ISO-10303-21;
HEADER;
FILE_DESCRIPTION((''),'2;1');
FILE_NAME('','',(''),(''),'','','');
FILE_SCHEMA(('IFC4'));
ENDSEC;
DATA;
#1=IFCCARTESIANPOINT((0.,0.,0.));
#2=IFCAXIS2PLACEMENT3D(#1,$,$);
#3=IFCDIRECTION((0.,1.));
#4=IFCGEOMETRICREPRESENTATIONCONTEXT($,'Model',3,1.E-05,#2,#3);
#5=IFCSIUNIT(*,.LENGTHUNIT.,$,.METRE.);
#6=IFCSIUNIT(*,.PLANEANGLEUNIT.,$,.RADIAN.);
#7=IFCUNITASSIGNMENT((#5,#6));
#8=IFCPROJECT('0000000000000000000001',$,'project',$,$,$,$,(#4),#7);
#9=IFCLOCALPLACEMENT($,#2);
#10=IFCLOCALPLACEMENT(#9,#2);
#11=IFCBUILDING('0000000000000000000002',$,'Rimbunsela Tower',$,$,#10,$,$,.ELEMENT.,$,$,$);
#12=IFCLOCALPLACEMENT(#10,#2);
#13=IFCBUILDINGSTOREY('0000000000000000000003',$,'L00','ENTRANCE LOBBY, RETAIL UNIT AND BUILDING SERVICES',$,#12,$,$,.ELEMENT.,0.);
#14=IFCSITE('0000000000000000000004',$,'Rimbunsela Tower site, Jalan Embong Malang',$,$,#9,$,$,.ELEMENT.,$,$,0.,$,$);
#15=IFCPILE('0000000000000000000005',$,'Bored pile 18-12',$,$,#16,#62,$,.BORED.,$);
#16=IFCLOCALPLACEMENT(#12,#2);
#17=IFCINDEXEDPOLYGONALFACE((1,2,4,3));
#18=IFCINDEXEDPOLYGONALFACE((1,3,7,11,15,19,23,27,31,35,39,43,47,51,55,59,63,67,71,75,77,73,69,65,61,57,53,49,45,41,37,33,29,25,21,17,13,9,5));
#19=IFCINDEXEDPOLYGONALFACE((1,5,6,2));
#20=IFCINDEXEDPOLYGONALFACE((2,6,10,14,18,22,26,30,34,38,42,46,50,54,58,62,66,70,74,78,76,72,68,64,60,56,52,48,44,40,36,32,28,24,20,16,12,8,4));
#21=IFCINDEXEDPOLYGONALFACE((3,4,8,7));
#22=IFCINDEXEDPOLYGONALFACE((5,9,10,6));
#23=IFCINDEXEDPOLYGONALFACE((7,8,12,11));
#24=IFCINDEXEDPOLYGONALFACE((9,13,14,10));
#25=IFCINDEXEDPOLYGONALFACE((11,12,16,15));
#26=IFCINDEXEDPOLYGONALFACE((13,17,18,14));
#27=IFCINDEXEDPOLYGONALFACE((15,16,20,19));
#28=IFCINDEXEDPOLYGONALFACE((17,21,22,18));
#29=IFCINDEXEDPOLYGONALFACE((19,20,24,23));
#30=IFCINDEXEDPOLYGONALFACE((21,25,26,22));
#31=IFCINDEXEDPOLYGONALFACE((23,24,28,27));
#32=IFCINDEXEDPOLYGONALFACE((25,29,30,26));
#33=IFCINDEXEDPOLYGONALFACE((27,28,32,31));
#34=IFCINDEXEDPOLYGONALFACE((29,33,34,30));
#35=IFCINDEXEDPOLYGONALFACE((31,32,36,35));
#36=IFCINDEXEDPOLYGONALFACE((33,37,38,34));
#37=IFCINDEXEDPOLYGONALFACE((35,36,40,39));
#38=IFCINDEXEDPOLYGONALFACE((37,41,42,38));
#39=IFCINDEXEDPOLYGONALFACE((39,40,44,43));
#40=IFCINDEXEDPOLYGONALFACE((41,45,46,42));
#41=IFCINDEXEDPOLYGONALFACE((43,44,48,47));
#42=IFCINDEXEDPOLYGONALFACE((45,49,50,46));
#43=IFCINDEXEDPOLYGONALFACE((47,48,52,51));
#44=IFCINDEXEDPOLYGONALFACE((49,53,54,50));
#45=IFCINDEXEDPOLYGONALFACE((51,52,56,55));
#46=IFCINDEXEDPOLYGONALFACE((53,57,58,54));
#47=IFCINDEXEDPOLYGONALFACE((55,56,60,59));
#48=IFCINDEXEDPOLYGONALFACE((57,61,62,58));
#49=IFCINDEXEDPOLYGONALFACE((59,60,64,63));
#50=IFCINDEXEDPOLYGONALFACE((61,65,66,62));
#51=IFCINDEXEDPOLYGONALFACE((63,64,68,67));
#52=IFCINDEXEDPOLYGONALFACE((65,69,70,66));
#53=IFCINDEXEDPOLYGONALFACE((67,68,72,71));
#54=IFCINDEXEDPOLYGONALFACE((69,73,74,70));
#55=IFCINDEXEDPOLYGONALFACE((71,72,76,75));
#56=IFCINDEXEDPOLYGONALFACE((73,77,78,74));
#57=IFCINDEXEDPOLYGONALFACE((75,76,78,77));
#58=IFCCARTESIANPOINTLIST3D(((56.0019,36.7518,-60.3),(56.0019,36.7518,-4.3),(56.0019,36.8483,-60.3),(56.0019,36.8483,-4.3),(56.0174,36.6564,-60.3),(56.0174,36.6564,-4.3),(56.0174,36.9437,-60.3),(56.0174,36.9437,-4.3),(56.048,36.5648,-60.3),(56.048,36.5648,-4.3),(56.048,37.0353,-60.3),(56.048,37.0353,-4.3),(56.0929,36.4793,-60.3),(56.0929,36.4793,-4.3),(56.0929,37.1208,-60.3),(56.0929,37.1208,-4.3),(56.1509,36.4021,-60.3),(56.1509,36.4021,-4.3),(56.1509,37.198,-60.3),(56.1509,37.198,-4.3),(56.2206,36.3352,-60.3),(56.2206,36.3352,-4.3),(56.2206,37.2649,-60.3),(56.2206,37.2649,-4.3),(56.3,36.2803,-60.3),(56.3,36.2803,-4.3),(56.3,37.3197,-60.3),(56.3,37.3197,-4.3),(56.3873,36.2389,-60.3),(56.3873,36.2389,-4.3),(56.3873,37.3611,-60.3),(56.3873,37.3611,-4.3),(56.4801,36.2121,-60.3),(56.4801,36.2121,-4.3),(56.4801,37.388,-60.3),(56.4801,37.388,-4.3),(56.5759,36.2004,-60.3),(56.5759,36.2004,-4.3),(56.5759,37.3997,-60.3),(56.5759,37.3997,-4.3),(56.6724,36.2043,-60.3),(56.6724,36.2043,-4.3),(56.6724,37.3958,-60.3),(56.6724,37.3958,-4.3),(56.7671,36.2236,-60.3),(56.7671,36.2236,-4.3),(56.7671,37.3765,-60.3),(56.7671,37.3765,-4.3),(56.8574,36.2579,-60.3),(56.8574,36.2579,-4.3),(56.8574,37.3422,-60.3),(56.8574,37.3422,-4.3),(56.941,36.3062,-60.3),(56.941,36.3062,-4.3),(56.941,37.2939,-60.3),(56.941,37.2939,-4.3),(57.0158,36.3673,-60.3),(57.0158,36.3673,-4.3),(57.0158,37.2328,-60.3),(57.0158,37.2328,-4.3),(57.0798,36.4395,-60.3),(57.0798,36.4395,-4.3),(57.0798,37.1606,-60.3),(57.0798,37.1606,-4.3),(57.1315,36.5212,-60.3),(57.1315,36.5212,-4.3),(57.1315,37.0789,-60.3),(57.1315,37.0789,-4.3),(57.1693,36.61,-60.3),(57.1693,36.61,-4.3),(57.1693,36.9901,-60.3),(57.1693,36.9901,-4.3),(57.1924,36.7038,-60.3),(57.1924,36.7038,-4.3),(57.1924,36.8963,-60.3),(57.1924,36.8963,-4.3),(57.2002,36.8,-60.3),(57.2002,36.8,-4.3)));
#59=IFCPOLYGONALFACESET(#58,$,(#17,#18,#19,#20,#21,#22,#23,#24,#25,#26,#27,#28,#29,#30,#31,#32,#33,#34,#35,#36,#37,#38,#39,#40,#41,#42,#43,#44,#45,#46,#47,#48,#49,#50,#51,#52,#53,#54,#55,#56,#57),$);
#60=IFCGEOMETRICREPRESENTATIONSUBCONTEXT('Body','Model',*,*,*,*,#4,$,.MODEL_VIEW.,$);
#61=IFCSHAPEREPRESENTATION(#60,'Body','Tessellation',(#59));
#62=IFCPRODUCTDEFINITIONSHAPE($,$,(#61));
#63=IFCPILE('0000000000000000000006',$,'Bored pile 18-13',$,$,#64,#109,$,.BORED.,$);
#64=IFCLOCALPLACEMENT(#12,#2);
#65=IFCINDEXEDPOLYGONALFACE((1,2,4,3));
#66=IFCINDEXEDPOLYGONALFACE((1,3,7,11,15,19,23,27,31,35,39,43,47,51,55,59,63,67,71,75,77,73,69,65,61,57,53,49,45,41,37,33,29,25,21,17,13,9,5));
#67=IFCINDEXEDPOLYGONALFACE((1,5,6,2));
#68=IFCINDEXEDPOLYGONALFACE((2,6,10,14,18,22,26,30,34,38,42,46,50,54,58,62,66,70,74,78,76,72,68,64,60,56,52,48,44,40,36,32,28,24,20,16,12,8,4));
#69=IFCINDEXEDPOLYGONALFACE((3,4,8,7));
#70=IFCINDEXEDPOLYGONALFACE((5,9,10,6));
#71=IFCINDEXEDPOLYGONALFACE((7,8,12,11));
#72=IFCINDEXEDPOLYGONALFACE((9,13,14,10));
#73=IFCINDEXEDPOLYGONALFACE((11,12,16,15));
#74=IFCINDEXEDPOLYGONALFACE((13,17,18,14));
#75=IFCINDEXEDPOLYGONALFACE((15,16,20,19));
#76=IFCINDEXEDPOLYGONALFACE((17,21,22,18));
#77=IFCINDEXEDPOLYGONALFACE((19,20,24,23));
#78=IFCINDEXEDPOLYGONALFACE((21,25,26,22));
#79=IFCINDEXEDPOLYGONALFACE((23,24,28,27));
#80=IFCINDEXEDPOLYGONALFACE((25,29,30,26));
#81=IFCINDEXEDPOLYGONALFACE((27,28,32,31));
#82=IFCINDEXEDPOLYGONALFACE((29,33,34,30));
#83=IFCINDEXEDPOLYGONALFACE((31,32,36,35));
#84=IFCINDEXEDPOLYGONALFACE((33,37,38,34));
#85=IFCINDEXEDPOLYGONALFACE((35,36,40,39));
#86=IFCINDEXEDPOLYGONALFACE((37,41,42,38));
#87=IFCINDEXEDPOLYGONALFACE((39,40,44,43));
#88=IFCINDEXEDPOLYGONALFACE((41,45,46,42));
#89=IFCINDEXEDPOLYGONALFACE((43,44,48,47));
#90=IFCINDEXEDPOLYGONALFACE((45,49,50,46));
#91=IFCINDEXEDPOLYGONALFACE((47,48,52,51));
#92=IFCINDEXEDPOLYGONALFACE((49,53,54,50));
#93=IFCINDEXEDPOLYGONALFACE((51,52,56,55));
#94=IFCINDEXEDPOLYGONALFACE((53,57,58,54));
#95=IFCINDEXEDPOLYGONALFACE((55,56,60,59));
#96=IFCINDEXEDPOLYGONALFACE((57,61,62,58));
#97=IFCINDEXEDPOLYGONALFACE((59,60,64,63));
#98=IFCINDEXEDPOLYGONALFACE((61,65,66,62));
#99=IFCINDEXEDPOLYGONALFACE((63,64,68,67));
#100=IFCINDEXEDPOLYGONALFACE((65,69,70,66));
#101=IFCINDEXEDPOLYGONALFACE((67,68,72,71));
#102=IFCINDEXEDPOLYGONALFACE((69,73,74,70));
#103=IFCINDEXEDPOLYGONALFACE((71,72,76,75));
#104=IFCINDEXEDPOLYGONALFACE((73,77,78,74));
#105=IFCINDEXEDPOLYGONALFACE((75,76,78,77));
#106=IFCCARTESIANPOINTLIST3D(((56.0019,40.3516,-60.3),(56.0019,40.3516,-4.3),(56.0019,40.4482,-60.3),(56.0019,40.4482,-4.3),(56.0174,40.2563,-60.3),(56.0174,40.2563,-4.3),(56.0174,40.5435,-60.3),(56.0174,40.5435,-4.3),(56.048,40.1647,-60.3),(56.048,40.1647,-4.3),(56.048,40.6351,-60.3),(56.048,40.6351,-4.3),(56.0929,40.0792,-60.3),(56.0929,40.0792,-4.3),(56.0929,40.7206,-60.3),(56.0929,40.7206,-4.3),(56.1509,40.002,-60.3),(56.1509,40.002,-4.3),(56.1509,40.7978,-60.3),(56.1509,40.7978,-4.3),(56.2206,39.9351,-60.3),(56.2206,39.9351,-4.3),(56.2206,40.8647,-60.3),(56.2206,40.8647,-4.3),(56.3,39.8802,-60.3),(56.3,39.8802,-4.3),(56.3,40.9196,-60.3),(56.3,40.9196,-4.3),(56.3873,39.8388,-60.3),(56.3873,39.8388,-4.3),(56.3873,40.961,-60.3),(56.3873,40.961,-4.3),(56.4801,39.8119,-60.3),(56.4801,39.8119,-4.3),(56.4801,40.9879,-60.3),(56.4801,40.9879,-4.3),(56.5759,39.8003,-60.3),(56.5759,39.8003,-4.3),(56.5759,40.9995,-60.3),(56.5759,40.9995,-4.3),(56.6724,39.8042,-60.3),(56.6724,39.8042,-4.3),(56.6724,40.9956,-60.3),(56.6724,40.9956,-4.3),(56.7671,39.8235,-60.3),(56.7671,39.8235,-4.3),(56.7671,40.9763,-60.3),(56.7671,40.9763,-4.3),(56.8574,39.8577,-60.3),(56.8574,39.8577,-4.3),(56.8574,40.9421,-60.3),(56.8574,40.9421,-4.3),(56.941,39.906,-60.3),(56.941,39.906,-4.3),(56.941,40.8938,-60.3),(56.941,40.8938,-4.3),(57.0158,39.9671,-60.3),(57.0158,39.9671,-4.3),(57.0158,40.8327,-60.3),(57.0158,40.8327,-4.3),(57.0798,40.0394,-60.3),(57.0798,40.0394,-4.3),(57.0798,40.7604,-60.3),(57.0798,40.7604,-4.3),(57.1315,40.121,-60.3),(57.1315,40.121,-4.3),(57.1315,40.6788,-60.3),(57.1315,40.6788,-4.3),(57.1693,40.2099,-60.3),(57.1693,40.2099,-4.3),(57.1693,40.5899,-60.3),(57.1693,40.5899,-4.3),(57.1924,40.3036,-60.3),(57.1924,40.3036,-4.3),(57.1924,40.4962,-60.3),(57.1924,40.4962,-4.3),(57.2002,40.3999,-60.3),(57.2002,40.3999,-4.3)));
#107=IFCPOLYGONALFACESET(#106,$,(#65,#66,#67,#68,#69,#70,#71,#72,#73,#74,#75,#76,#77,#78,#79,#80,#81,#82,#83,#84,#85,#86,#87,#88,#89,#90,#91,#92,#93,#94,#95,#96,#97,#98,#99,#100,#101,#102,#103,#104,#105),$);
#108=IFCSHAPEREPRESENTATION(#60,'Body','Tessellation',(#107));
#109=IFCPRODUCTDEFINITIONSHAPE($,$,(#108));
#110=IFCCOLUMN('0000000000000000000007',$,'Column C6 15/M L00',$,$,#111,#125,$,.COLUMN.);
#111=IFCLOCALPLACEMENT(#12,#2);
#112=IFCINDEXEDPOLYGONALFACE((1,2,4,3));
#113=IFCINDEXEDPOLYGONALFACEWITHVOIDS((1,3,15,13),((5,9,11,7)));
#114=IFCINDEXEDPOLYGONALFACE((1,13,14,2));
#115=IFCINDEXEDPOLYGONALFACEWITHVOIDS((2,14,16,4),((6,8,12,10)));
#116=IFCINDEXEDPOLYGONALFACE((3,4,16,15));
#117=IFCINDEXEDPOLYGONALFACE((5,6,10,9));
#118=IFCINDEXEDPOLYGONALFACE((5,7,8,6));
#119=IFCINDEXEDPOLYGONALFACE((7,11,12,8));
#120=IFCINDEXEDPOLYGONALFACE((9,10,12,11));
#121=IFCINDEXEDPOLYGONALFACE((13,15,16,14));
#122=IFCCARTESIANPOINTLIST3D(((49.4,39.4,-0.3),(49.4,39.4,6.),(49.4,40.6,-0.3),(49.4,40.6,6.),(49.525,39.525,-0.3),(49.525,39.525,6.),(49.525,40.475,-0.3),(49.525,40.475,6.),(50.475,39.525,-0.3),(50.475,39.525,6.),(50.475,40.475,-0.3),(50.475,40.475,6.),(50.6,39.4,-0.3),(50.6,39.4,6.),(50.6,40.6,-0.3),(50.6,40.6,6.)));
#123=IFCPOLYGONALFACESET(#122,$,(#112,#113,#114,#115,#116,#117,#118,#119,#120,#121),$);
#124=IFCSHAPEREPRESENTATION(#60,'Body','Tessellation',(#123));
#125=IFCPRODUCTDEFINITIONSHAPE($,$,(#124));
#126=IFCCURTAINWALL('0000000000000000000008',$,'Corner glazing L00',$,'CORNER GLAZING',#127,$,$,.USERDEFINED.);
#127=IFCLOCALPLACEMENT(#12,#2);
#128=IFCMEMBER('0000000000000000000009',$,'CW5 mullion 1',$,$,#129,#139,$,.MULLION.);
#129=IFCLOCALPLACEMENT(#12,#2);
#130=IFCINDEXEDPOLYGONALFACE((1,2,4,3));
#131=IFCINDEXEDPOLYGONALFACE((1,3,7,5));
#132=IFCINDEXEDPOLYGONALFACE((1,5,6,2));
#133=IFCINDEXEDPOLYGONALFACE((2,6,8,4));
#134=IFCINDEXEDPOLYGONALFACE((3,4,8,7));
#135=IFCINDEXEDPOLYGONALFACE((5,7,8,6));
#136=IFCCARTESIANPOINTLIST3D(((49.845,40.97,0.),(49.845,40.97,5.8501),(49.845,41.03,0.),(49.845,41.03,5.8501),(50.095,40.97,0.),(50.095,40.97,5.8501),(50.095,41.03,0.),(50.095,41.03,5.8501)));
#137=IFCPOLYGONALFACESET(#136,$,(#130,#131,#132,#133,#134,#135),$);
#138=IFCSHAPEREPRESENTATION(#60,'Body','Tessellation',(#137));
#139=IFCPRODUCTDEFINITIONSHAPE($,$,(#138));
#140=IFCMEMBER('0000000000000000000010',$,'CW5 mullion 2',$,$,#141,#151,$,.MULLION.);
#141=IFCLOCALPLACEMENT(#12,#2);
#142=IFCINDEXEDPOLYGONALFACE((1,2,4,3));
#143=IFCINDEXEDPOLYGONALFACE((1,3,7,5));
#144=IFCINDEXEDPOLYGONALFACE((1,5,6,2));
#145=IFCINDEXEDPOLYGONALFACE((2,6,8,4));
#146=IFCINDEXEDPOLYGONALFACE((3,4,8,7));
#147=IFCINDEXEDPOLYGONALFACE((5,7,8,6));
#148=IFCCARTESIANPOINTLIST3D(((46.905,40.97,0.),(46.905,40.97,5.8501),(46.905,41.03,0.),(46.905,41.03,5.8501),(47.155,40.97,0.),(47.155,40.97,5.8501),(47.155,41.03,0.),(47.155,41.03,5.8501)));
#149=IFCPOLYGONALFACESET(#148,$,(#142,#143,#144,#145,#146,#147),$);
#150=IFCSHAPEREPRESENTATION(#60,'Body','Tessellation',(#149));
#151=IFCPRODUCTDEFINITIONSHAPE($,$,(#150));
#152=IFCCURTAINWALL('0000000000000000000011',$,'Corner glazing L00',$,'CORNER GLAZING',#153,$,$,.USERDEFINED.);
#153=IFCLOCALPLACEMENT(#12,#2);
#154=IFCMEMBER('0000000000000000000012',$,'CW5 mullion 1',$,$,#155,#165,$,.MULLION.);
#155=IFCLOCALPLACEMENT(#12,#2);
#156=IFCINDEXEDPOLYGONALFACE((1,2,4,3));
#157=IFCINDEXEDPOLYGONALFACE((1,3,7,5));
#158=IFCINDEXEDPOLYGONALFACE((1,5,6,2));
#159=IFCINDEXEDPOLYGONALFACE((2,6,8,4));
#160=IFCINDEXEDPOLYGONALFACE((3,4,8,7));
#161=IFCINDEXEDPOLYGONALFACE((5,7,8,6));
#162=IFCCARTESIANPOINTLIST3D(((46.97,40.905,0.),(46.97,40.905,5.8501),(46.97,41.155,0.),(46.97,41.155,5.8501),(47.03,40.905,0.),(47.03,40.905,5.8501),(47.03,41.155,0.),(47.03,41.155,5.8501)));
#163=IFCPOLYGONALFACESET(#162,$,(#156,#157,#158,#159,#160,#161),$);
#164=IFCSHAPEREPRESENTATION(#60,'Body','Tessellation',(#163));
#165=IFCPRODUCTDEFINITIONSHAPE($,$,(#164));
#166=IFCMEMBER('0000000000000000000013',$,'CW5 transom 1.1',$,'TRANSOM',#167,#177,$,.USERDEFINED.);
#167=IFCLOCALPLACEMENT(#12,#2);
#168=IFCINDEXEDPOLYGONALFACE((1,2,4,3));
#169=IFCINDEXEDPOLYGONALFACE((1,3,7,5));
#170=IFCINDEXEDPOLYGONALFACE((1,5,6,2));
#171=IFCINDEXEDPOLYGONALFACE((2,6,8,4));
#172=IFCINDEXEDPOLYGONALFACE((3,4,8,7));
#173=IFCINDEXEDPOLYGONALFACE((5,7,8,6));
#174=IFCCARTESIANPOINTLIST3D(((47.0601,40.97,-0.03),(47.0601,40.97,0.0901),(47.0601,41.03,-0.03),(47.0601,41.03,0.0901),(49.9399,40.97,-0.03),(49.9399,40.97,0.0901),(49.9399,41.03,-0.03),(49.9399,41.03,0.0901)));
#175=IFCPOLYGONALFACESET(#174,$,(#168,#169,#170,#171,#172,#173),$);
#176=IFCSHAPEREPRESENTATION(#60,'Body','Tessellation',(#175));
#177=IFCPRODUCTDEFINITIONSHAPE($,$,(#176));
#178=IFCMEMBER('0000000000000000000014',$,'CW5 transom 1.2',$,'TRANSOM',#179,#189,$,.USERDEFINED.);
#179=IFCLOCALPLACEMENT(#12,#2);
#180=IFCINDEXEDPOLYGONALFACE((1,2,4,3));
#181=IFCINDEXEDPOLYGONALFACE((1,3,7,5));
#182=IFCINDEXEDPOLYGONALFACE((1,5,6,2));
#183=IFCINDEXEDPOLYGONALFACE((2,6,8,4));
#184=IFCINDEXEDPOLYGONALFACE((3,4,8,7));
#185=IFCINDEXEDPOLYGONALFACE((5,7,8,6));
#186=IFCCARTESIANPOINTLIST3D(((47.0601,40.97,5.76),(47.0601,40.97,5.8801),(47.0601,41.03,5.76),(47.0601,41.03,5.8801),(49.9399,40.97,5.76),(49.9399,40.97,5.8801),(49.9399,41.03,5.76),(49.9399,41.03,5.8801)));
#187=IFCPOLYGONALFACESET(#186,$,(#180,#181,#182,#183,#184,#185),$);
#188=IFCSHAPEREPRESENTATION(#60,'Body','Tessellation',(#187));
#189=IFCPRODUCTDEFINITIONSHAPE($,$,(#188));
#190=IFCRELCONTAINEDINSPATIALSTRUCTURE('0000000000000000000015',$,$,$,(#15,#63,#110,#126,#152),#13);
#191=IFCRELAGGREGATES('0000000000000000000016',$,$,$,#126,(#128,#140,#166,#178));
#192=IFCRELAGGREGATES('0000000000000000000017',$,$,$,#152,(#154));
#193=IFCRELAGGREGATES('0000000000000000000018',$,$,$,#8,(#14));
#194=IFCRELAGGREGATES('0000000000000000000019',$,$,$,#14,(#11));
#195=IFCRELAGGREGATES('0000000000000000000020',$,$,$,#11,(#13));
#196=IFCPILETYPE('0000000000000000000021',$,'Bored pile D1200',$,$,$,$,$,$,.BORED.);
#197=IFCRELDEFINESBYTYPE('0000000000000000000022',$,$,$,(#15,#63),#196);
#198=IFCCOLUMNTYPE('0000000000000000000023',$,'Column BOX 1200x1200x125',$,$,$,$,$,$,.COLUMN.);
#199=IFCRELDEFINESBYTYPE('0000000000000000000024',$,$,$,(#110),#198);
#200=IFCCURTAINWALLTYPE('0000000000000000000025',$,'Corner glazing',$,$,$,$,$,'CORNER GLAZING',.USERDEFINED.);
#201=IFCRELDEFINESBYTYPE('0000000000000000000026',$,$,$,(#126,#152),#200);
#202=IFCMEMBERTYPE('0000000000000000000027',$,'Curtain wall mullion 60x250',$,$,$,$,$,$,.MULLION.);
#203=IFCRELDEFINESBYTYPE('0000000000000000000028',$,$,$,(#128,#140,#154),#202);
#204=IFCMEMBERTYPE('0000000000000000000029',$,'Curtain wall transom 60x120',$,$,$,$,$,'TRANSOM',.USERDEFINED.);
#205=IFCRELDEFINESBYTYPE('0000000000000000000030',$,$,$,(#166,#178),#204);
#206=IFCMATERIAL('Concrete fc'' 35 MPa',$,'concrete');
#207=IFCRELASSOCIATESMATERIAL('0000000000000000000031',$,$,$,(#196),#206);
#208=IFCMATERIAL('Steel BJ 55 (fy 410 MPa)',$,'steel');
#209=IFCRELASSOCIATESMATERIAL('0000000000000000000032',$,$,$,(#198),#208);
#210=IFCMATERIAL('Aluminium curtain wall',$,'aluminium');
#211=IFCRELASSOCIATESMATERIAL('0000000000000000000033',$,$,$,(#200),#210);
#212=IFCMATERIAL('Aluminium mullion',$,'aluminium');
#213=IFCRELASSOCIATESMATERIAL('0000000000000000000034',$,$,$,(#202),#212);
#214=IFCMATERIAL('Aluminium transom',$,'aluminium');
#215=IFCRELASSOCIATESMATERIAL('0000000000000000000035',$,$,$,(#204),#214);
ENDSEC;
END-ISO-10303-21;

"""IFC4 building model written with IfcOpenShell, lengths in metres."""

from ifc_helpers import new_model, si_unit, direction, frame, origin, origin_2d, place, context, subcontext, project, spatial, rectangle, hollow_rectangle, circle, extrude, material, material_profile, profile_set, type_object, element, aggregate, save


model = new_model("IFC4")

# Units and contexts
model_context = context("Model", 3, precision=1e-05, world=origin(), true_north=direction((0.0, 1.0)))
body_context = subcontext(model_context, "Body", "Model", "MODEL_VIEW")
ifc_project = project(units=[si_unit("LENGTHUNIT", "METRE"), si_unit("PLANEANGLEUNIT", "RADIAN")], contexts=[model_context])

# Site, building, storey
site_placement = place(None, origin())
site = spatial("IfcSite", under=ifc_project, at=site_placement, Name="Rimbunsela Tower site, Jalan Embong Malang", CompositionType="ELEMENT", RefElevation=0.0)
building_placement = place(site_placement, origin())
building = spatial("IfcBuilding", under=site, at=building_placement, Name="Rimbunsela Tower", CompositionType="ELEMENT")
storey_placement = place(building_placement, origin())
storey = spatial("IfcBuildingStorey", under=building, at=storey_placement, Name="L00", Description="ENTRANCE LOBBY, RETAIL UNIT AND BUILDING SERVICES", CompositionType="ELEMENT", Elevation=0.0)

# Piles
ifc_material_1 = material(Name="Concrete fc' 35 MPa", Category="concrete")
ifc_material_profile_1 = material_profile(ifc_material_1, circle(Radius=0.6001, at=origin_2d()), Name="BP D1200")
ifc_profile_set_1 = profile_set([ifc_material_profile_1], Name="Concrete fc' 35 MPa")
pile_type = type_object("IfcPileType", Name="Bored pile D1200", PredefinedType="BORED", material=ifc_profile_set_1)
for number, where, z_axis, x_axis, name in (
    (1, (56.6001, 36.8, -4.3), (0.0, 0.0, -1.0), (1.0, 0.0, 0.0), "Bored pile 18-12"),
    (2, (56.6001, 40.3999, -4.3), (0.0, 0.0, -1.0), (1.0, 0.0, 0.0), "Bored pile 18-13"),
):
    element("IfcPile", number, at=place(storey_placement, frame(where, z_axis=z_axis, x_axis=x_axis)), inside=storey, type_object=pile_type, Name=name, PredefinedType="BORED", context=body_context, shape_type="SweptSolid", body=[
        extrude(circle(Radius=0.6001, at=origin_2d()), origin(), (0.0, 0.0, 1.0), 56.0),
    ])

# Column
ifc_material_2 = material(Name="Steel BJ 55 (fy 410 MPa)", Category="steel")
ifc_material_profile_2 = material_profile(ifc_material_2, hollow_rectangle(XDim=1.2, YDim=1.2, WallThickness=0.125, at=origin_2d()), Name="BOX 1200x1200x125")
ifc_profile_set_2 = profile_set([ifc_material_profile_2], Name="Steel BJ 55 (fy 410 MPa)")
column_type = type_object("IfcColumnType", Name="Column BOX 1200x1200x125", PredefinedType="COLUMN", material=ifc_profile_set_2)
column_placement = place(storey_placement, frame((50.0, 40.0, -0.3), z_axis=(0.0, 0.0, 1.0), x_axis=(1.0, 0.0, 0.0)))
element("IfcColumn", 3, at=column_placement, inside=storey, type_object=column_type, Name="Column C6 15/M L00", PredefinedType="COLUMN", context=body_context, shape_type="SweptSolid", body=[
    extrude(hollow_rectangle(XDim=1.2, YDim=1.2, WallThickness=0.125, at=origin_2d()), origin(), (0.0, 0.0, 1.0), 6.3),
])

# Curtain wall, members
ifc_material_3 = material(Name="Aluminium curtain wall", Category="aluminium")
curtain_wall_type = type_object("IfcCurtainWallType", Name="Corner glazing", ElementType="CORNER GLAZING", PredefinedType="USERDEFINED", material=ifc_material_3)
curtain_wall_1_placement = place(storey_placement, origin())
curtain_wall_1 = element("IfcCurtainWall", 4, at=curtain_wall_1_placement, inside=storey, type_object=curtain_wall_type, Name="Corner glazing L00", ObjectType="CORNER GLAZING", PredefinedType="USERDEFINED")
ifc_material_4 = material(Name="Aluminium mullion", Category="aluminium")
ifc_material_profile_3 = material_profile(ifc_material_4, rectangle(XDim=0.0601, YDim=0.25, at=origin_2d()), Name="Mullion 60x250")
ifc_profile_set_3 = profile_set([ifc_material_profile_3], Name="Aluminium mullion")
member_type_1 = type_object("IfcMemberType", Name="Curtain wall mullion 60x250", PredefinedType="MULLION", material=ifc_profile_set_3)
member_1_placement = place(storey_placement, frame((49.97, 41.0, 0.0), z_axis=(0.0, 0.0, 1.0), x_axis=(0.0, -1.0, 0.0)))
member_1 = element("IfcMember", 5, at=member_1_placement, type_object=member_type_1, Name="CW5 mullion 1", PredefinedType="MULLION", context=body_context, shape_type="SweptSolid", body=[
    extrude(rectangle(XDim=0.0601, YDim=0.25, at=origin_2d()), origin(), (0.0, 0.0, 1.0), 5.8501),
])
member_2_placement = place(storey_placement, frame((47.03, 41.0, 0.0), z_axis=(0.0, 0.0, 1.0), x_axis=(0.0, -1.0, 0.0)))
member_2 = element("IfcMember", 6, at=member_2_placement, type_object=member_type_1, Name="CW5 mullion 2", PredefinedType="MULLION", context=body_context, shape_type="SweptSolid", body=[
    extrude(rectangle(XDim=0.0601, YDim=0.25, at=origin_2d()), origin(), (0.0, 0.0, 1.0), 5.8501),
])

# Curtain wall, member
curtain_wall_2_placement = place(storey_placement, origin())
curtain_wall_2 = element("IfcCurtainWall", 7, at=curtain_wall_2_placement, inside=storey, type_object=curtain_wall_type, Name="Corner glazing L00", ObjectType="CORNER GLAZING", PredefinedType="USERDEFINED")
member_3_placement = place(storey_placement, frame((47.0, 41.03, 0.0), z_axis=(0.0, 0.0, 1.0), x_axis=(-1.0, 0.0, 0.0)))
member_3 = element("IfcMember", 8, at=member_3_placement, type_object=member_type_1, Name="CW5 mullion 1", PredefinedType="MULLION", context=body_context, shape_type="SweptSolid", body=[
    extrude(rectangle(XDim=0.0601, YDim=0.25, at=origin_2d()), origin(), (0.0, 0.0, 1.0), 5.8501),
])

# Members
ifc_material_5 = material(Name="Aluminium transom", Category="aluminium")
ifc_material_profile_4 = material_profile(ifc_material_5, rectangle(XDim=0.0601, YDim=0.1201, at=origin_2d()), Name="Transom 60x120")
ifc_profile_set_4 = profile_set([ifc_material_profile_4], Name="Aluminium transom")
member_type_2 = type_object("IfcMemberType", Name="Curtain wall transom 60x120", ElementType="TRANSOM", PredefinedType="USERDEFINED", material=ifc_profile_set_4)
member_4_placement = place(storey_placement, frame((49.9399, 41.0, 0.03), z_axis=(-1.0, 0.0, 0.0), x_axis=(0.0, -1.0, 0.0)))
member_4 = element("IfcMember", 9, at=member_4_placement, type_object=member_type_2, Name="CW5 transom 1.1", ObjectType="TRANSOM", PredefinedType="USERDEFINED", context=body_context, shape_type="SweptSolid", body=[
    extrude(rectangle(XDim=0.0601, YDim=0.1201, at=origin_2d()), origin(), (0.0, 0.0, 1.0), 2.8799),
])
member_5_placement = place(storey_placement, frame((49.9399, 41.0, 5.8201), z_axis=(-1.0, 0.0, 0.0), x_axis=(0.0, -1.0, 0.0)))
member_5 = element("IfcMember", 10, at=member_5_placement, type_object=member_type_2, Name="CW5 transom 1.2", ObjectType="TRANSOM", PredefinedType="USERDEFINED", context=body_context, shape_type="SweptSolid", body=[
    extrude(rectangle(XDim=0.0601, YDim=0.1201, at=origin_2d()), origin(), (0.0, 0.0, 1.0), 2.8799),
])

aggregate(curtain_wall_1, [member_1, member_2, member_4, member_5])
aggregate(curtain_wall_2, [member_3])

save(model, "model.ifc")
